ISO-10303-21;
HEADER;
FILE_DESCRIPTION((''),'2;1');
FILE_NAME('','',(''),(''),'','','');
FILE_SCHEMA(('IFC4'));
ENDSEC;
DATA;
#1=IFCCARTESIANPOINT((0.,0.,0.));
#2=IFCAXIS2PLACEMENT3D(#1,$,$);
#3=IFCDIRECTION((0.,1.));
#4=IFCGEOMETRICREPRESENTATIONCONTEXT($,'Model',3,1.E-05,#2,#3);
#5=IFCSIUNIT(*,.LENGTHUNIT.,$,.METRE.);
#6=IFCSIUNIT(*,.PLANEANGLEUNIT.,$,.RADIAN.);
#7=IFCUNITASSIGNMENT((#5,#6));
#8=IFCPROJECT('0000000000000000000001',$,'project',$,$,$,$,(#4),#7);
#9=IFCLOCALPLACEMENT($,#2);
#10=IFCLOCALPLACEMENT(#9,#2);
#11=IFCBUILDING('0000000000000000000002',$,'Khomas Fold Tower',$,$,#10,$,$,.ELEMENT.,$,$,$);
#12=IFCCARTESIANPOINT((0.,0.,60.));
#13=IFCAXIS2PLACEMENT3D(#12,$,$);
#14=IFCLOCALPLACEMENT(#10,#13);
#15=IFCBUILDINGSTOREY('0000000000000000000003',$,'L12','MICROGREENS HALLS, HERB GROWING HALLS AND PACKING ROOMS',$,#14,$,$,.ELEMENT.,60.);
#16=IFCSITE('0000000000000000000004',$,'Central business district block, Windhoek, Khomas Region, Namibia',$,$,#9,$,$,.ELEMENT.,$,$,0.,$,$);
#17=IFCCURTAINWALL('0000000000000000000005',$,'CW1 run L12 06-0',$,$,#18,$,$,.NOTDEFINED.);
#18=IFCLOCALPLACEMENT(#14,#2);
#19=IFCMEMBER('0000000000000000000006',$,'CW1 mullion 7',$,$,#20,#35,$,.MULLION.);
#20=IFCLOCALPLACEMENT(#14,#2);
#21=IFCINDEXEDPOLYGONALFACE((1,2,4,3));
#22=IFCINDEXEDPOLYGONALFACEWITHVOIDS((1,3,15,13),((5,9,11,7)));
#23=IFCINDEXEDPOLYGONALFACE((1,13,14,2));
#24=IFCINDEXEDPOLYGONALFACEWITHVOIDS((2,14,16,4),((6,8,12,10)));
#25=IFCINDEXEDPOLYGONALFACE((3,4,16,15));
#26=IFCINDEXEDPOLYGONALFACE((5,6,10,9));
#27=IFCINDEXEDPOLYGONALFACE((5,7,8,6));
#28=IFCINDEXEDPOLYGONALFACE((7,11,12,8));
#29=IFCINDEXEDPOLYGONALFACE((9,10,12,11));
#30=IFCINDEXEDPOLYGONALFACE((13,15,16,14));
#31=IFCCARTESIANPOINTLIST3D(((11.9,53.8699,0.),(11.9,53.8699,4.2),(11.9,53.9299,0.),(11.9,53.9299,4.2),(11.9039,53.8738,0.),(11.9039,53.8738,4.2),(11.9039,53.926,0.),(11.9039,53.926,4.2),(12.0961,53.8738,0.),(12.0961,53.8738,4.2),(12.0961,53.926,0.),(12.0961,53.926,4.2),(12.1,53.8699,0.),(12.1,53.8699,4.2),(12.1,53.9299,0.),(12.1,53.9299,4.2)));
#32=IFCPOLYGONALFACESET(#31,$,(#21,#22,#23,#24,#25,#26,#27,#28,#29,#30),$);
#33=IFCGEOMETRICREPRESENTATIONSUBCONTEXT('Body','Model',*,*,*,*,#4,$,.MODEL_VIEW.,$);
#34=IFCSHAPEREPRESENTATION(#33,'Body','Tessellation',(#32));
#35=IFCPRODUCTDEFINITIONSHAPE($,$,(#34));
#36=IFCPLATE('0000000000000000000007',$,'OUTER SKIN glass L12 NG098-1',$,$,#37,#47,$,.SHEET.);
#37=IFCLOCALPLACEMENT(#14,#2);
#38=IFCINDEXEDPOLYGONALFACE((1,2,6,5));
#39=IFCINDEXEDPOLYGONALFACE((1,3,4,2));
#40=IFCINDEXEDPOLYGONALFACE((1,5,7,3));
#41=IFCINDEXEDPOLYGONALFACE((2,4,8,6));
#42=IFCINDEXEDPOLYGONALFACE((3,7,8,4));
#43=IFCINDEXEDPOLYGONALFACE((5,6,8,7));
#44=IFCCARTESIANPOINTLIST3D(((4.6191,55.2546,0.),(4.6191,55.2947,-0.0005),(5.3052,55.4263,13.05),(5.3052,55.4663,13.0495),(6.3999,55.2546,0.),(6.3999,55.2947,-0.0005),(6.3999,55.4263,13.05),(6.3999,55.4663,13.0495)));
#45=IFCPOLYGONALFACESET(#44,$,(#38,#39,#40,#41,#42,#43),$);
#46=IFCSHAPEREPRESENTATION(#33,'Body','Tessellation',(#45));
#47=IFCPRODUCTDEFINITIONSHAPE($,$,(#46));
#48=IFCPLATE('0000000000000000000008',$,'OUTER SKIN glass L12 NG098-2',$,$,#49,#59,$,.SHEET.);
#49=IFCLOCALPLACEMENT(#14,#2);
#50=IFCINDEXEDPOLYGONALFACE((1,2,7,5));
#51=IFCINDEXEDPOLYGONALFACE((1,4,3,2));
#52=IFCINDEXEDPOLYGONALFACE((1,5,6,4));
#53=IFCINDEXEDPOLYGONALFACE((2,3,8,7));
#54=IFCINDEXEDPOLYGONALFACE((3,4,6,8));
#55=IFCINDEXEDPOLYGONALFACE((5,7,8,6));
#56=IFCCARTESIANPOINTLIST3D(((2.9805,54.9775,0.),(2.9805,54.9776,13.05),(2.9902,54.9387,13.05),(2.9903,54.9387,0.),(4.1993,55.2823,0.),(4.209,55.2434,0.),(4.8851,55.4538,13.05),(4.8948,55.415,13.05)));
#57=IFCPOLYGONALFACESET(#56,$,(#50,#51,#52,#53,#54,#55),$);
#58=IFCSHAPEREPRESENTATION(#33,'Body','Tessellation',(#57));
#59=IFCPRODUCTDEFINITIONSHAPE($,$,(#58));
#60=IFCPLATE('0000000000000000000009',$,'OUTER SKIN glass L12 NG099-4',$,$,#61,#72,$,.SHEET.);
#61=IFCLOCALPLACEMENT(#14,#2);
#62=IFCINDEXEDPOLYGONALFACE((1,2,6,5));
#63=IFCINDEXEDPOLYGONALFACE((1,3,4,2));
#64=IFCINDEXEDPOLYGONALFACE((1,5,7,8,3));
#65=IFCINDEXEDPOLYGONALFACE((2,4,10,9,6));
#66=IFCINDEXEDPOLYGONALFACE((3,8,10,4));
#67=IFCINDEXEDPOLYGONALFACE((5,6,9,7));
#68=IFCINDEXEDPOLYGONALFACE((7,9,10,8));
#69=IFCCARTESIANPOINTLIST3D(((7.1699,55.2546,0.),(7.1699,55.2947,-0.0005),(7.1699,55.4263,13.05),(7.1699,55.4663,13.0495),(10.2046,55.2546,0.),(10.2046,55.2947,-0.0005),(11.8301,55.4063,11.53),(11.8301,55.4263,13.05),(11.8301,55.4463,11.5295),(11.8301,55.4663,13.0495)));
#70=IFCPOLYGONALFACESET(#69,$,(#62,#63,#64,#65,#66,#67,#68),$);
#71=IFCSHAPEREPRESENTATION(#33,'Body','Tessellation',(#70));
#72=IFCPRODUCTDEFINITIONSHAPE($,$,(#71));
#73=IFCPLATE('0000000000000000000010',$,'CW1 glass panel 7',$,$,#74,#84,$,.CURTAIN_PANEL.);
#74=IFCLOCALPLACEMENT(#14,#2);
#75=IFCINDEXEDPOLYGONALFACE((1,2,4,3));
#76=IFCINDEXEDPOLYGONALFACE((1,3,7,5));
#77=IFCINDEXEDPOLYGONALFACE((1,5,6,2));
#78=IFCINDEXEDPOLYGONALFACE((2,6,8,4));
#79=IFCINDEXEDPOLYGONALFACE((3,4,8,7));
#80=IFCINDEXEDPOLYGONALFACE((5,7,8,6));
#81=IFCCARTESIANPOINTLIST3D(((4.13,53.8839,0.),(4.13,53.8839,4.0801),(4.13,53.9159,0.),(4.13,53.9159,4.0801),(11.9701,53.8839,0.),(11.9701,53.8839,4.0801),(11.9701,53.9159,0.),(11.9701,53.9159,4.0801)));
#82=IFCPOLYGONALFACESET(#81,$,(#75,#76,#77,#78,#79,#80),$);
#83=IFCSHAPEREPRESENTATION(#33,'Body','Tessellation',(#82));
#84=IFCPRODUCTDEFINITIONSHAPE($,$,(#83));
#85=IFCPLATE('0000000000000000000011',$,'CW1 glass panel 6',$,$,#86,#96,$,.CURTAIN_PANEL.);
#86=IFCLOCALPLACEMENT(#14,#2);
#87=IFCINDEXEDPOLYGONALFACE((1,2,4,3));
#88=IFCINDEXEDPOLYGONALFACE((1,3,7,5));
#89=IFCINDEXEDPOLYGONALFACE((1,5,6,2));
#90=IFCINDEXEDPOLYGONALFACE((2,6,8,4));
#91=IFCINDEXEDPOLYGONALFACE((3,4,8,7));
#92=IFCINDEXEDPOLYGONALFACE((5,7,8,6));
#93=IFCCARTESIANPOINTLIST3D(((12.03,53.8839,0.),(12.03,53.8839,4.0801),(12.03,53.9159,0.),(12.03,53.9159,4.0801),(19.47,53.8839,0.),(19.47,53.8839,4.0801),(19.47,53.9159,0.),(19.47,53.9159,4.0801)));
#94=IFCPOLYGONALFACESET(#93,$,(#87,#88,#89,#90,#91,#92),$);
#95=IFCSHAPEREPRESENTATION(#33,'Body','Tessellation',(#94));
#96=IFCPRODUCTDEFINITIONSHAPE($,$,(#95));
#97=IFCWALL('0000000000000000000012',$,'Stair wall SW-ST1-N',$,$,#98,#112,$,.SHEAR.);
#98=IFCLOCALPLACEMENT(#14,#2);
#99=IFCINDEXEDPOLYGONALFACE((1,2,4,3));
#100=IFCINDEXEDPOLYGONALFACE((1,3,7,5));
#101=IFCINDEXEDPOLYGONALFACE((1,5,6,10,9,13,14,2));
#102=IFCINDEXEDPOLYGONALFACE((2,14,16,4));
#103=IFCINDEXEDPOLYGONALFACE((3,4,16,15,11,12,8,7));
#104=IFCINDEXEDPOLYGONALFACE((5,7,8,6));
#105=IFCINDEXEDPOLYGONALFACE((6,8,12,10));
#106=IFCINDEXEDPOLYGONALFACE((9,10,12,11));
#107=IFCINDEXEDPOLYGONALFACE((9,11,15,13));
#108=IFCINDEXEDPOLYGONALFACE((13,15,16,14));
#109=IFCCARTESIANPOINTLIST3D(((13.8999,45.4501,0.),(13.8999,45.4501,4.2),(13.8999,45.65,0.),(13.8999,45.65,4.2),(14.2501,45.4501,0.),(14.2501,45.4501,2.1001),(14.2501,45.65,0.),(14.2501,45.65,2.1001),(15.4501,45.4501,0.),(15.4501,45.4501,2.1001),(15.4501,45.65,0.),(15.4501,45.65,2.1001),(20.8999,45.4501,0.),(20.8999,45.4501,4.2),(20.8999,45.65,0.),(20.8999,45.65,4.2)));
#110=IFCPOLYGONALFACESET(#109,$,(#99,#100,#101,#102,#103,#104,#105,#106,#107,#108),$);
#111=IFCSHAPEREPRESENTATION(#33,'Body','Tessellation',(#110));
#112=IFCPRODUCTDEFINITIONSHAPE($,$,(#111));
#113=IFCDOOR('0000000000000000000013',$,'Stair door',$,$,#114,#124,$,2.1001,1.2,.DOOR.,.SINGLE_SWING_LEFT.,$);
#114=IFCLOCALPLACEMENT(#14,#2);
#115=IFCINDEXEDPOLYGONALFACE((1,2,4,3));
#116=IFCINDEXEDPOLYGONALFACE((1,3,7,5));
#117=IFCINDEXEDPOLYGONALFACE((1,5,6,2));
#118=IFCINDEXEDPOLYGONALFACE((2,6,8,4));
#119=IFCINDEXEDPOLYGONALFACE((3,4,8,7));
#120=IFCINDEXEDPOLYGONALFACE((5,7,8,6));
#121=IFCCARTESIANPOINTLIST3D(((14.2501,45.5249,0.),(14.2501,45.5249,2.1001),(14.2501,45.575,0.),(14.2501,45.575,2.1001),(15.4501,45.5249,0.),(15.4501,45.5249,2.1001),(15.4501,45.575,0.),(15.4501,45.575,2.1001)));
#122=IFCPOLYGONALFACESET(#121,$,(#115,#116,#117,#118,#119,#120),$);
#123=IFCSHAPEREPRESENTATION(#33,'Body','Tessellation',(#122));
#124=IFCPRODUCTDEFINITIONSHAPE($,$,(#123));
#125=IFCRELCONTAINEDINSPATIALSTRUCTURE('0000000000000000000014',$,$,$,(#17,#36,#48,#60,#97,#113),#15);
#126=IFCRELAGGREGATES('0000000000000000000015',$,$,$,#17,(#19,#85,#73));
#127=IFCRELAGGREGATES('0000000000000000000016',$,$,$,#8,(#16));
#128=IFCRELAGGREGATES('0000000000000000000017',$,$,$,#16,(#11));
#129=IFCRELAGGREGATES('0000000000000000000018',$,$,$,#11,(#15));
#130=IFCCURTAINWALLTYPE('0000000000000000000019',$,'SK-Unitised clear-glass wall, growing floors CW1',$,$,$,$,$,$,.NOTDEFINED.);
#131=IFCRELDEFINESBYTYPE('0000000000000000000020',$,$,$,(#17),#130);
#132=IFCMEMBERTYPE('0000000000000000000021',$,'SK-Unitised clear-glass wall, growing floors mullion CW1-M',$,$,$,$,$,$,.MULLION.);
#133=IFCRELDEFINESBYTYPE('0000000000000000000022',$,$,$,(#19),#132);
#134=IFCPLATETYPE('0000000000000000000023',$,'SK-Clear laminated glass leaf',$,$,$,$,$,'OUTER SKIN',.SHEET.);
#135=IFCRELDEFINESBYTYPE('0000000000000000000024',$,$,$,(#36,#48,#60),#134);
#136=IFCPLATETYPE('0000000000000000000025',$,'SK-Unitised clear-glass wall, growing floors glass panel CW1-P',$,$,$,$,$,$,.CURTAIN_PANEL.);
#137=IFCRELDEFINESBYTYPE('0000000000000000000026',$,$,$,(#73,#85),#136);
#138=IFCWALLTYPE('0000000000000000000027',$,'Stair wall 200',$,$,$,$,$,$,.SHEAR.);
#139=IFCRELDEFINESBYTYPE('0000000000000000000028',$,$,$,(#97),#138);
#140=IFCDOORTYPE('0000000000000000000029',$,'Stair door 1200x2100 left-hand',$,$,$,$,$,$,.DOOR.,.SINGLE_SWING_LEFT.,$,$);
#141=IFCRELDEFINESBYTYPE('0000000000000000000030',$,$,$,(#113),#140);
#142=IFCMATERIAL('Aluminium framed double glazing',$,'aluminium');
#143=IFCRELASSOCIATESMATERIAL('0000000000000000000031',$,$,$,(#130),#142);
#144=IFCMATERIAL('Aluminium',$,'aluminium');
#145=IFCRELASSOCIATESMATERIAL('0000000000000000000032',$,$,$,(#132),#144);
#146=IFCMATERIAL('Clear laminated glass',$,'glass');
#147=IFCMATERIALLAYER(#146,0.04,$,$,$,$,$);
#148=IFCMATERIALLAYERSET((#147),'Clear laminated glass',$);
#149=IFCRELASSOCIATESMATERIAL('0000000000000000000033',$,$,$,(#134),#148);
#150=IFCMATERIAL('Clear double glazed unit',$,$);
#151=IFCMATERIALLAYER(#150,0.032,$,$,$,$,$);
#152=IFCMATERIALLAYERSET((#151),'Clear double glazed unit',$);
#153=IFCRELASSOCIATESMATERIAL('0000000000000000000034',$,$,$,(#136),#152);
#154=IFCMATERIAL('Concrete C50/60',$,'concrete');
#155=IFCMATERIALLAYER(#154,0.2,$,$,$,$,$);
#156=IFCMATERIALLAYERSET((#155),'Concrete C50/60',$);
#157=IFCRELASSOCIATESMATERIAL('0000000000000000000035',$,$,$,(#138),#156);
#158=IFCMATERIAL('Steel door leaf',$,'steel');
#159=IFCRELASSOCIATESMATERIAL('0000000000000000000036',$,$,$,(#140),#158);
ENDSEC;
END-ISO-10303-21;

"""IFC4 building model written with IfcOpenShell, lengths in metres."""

from ifc_helpers import new_model, si_unit, direction, frame, frame_2d, origin, origin_2d, place, context, subcontext, project, spatial, polyline, rectangle, hollow_rectangle, outline, extrude, source, transform, mapped, material, layer, layer_set, material_profile, profile_set, type_object, element, fill, aggregate, save


model = new_model("IFC4")

# Units and contexts
model_context = context("Model", 3, precision=1e-05, world=origin(), true_north=direction((0.0, 1.0)))
body_context = subcontext(model_context, "Body", "Model", "MODEL_VIEW")
ifc_project = project(units=[si_unit("LENGTHUNIT", "METRE"), si_unit("PLANEANGLEUNIT", "RADIAN")], contexts=[model_context])

# Site, building, storey
site_placement = place(None, origin())
site = spatial("IfcSite", under=ifc_project, at=site_placement, Name="Central business district block, Windhoek, Khomas Region, Namibia", CompositionType="ELEMENT", RefElevation=0.0)
building_placement = place(site_placement, origin())
building = spatial("IfcBuilding", under=site, at=building_placement, Name="Khomas Fold Tower", CompositionType="ELEMENT")
storey_placement = place(building_placement, frame((0.0, 0.0, 60.0)))
storey = spatial("IfcBuildingStorey", under=building, at=storey_placement, Name="L12", Description="MICROGREENS HALLS, HERB GROWING HALLS AND PACKING ROOMS", CompositionType="ELEMENT", Elevation=60.0)

# Curtain wall, member
ifc_material_1 = material(Name="Aluminium framed double glazing", Category="aluminium")
curtain_wall_type = type_object("IfcCurtainWallType", Name="SK-Unitised clear-glass wall, growing floors CW1", PredefinedType="NOTDEFINED", material=ifc_material_1)
curtain_wall_placement = place(storey_placement, origin())
curtain_wall = element("IfcCurtainWall", 1, at=curtain_wall_placement, inside=storey, type_object=curtain_wall_type, Name="CW1 run L12 06-0", PredefinedType="NOTDEFINED")
ifc_material_2 = material(Name="Aluminium", Category="aluminium")
ifc_material_profile_1 = material_profile(ifc_material_2, hollow_rectangle(XDim=0.0601, YDim=0.2, WallThickness=0.0039, at=origin_2d()), Name="SK-Unitised clear-glass wall, growing floors mullion CW1-M")
ifc_profile_set_1 = profile_set([ifc_material_profile_1], Name="Aluminium")
member_type_1 = type_object("IfcMemberType", Name="SK-Unitised clear-glass wall, growing floors mullion CW1-M", PredefinedType="MULLION", material=ifc_profile_set_1)
shared_shape_1 = source(origin(), body_context, "Body", "SweptSolid", [
    extrude(hollow_rectangle(XDim=0.0601, YDim=0.2, WallThickness=0.0039, at=origin_2d()), origin(), (0.0, 0.0, 1.0), 4.2),
])
member_1_placement = place(storey_placement, frame((12.0, 53.8999, 0.0), z_axis=(0.0, 0.0, 1.0), x_axis=(0.0, -1.0, 0.0)))
member_1 = element("IfcMember", 2, at=member_1_placement, type_object=member_type_1, Name="CW1 mullion 7", PredefinedType="MULLION", context=body_context, shape_type="MappedRepresentation", body=[
    mapped(shared_shape_1, transform((0.0, 0.0, 0.0))),
])

# Plates
ifc_material_3 = material(Name="Clear laminated glass", Category="glass")
ifc_layer_1 = layer(ifc_material_3, 0.04)
ifc_layer_set_1 = layer_set([ifc_layer_1], Name="Clear laminated glass")
plate_type_1 = type_object("IfcPlateType", Name="SK-Clear laminated glass leaf", ElementType="OUTER SKIN", PredefinedType="SHEET", material=ifc_layer_set_1)
plate_1_placement = place(storey_placement, frame((6.3999, 55.2546, 0.0), z_axis=(0.0, -0.999914, 0.013151), x_axis=(-1.0, 0.0, 0.0)))
element("IfcPlate", 3, at=plate_1_placement, inside=storey, type_object=plate_type_1, Name="OUTER SKIN glass L12 NG098-1", PredefinedType="SHEET", context=body_context, shape_type="SweptSolid", body=[
    extrude(outline(polyline([(0.0, 0.0), (1.7808, 0.0), (1.0947, -13.0512), (0.0, -13.0512), (0.0, 0.0)])), origin(), (0.0, 0.0, -1.0), 0.04),
])
plate_2_placement = place(storey_placement, frame((4.209, 55.2434, 0.0), z_axis=(0.242589, -0.970129, 0.000005), x_axis=(-0.970129, -0.242589, 0.0)))
element("IfcPlate", 4, at=plate_2_placement, inside=storey, type_object=plate_type_1, Name="OUTER SKIN glass L12 NG098-2", PredefinedType="SHEET", context=body_context, shape_type="SweptSolid", body=[
    extrude(outline(polyline([(0.0, 0.0), (1.2563, 0.0), (1.2563, -13.05), (-0.7069, -13.05), (0.0, 0.0)])), origin(), (0.0, 0.0, -1.0), 0.04),
])
plate_3_placement = place(storey_placement, frame((10.2046, 55.2546, 0.0), z_axis=(-0.000004, -0.999914, 0.013151), x_axis=(-1.0, 0.000004, 0.0)))
element("IfcPlate", 5, at=plate_3_placement, inside=storey, type_object=plate_type_1, Name="OUTER SKIN glass L12 NG099-4", PredefinedType="SHEET", context=body_context, shape_type="SweptSolid", body=[
    extrude(outline(polyline([(0.0, 0.0), (3.0347, 0.0), (3.0347, -13.0512), (-1.6255, -13.0512), (-1.6255, -11.531), (0.0, 0.0)])), origin(), (0.0, 0.0, -1.0), 0.04),
])

# Plates
ifc_material_4 = material(Name="Clear double glazed unit")
ifc_layer_2 = layer(ifc_material_4, 0.032)
ifc_layer_set_2 = layer_set([ifc_layer_2], Name="Clear double glazed unit")
plate_type_2 = type_object("IfcPlateType", Name="SK-Unitised clear-glass wall, growing floors glass panel CW1-P", PredefinedType="CURTAIN_PANEL", material=ifc_layer_set_2)
shared_shape_2 = source(origin(), body_context, "Body", "SweptSolid", [
    extrude(rectangle(XDim=7.8401, YDim=0.032, at=origin_2d()), origin(), (0.0, 0.0, 1.0), 4.0801),
])
plate_4_placement = place(storey_placement, frame((8.05, 53.8999, 0.0), z_axis=(0.0, 0.0, 1.0), x_axis=(-1.0, 0.0, 0.0)))
plate_4 = element("IfcPlate", 6, at=plate_4_placement, type_object=plate_type_2, Name="CW1 glass panel 7", PredefinedType="CURTAIN_PANEL", context=body_context, shape_type="MappedRepresentation", body=[
    mapped(shared_shape_2, transform((0.0, 0.0, 0.0))),
])
shared_shape_3 = source(origin(), body_context, "Body", "SweptSolid", [
    extrude(rectangle(XDim=7.4399, YDim=0.032, at=origin_2d()), origin(), (0.0, 0.0, 1.0), 4.0801),
])
plate_5_placement = place(storey_placement, frame((15.75, 53.8999, 0.0), z_axis=(0.0, 0.0, 1.0), x_axis=(-1.0, 0.0, 0.0)))
plate_5 = element("IfcPlate", 7, at=plate_5_placement, type_object=plate_type_2, Name="CW1 glass panel 6", PredefinedType="CURTAIN_PANEL", context=body_context, shape_type="MappedRepresentation", body=[
    mapped(shared_shape_3, transform((0.0, 0.0, 0.0))),
])
aggregate(curtain_wall, [member_1, plate_5, plate_4])

# Wall, opening, door
ifc_material_5 = material(Name="Concrete C50/60", Category="concrete")
ifc_layer_3 = layer(ifc_material_5, 0.2)
ifc_layer_set_3 = layer_set([ifc_layer_3], Name="Concrete C50/60")
wall_type_1 = type_object("IfcWallType", Name="Stair wall 200", PredefinedType="SHEAR", material=ifc_layer_set_3)
shared_shape_4 = source(origin(), body_context, "Body", "SweptSolid", [
    extrude(rectangle(XDim=7.0, YDim=0.2, at=frame_2d((3.5, 0.0))), origin(), (0.0, 0.0, 1.0), 4.2),
])
wall_1_placement = place(storey_placement, frame((13.8999, 45.55, 0.0), z_axis=(0.0, 0.0, 1.0), x_axis=(1.0, 0.0, 0.0)))
wall_1 = element("IfcWall", 8, at=wall_1_placement, inside=storey, type_object=wall_type_1, Name="Stair wall SW-ST1-N", PredefinedType="SHEAR", context=body_context, shape_type="MappedRepresentation", body=[
    mapped(shared_shape_4, transform((0.0, 0.0, 0.0))),
])
shared_shape_5 = source(origin(), body_context, "Body", "SweptSolid", [
    extrude(rectangle(XDim=1.2, YDim=2.1001, at=frame_2d((0.6001, 1.05))), frame((0.0, 0.1099, 0.0), z_axis=(0.0, -1.0, 0.0), x_axis=(1.0, 0.0, 0.0)), (0.0, 0.0, 1.0), 0.22),
])
opening_1_placement = place(wall_1_placement, frame((0.3501, 0.0, 0.0)))
opening_1 = element("IfcOpeningElement", 9, at=opening_1_placement, cuts=wall_1, PredefinedType="OPENING", context=body_context, shape_type="MappedRepresentation", body=[
    mapped(shared_shape_5, transform((0.0, 0.0, 0.0))),
])
ifc_material_6 = material(Name="Steel door leaf", Category="steel")
door_type_1 = type_object("IfcDoorType", Name="Stair door 1200x2100 left-hand", OperationType="SINGLE_SWING_LEFT", PredefinedType="DOOR", material=ifc_material_6)
shared_shape_6 = source(origin(), body_context, "Body", "SweptSolid", [
    extrude(rectangle(XDim=1.2, YDim=2.1001, at=frame_2d((0.6001, 1.05))), frame((0.0, 0.0249, 0.0), z_axis=(0.0, -1.0, 0.0), x_axis=(1.0, 0.0, 0.0)), (0.0, 0.0, 1.0), 0.05),
])
door_1_placement = place(opening_1_placement, origin())
door_1 = element("IfcDoor", 10, at=door_1_placement, inside=storey, type_object=door_type_1, Name="Stair door", OperationType="SINGLE_SWING_LEFT", OverallHeight=2.1001, OverallWidth=1.2, PredefinedType="DOOR", context=body_context, shape_type="MappedRepresentation", body=[
    mapped(shared_shape_6, transform((0.0, 0.0, 0.0))),
])
fill(opening_1, door_1)

save(model, "model.ifc")
